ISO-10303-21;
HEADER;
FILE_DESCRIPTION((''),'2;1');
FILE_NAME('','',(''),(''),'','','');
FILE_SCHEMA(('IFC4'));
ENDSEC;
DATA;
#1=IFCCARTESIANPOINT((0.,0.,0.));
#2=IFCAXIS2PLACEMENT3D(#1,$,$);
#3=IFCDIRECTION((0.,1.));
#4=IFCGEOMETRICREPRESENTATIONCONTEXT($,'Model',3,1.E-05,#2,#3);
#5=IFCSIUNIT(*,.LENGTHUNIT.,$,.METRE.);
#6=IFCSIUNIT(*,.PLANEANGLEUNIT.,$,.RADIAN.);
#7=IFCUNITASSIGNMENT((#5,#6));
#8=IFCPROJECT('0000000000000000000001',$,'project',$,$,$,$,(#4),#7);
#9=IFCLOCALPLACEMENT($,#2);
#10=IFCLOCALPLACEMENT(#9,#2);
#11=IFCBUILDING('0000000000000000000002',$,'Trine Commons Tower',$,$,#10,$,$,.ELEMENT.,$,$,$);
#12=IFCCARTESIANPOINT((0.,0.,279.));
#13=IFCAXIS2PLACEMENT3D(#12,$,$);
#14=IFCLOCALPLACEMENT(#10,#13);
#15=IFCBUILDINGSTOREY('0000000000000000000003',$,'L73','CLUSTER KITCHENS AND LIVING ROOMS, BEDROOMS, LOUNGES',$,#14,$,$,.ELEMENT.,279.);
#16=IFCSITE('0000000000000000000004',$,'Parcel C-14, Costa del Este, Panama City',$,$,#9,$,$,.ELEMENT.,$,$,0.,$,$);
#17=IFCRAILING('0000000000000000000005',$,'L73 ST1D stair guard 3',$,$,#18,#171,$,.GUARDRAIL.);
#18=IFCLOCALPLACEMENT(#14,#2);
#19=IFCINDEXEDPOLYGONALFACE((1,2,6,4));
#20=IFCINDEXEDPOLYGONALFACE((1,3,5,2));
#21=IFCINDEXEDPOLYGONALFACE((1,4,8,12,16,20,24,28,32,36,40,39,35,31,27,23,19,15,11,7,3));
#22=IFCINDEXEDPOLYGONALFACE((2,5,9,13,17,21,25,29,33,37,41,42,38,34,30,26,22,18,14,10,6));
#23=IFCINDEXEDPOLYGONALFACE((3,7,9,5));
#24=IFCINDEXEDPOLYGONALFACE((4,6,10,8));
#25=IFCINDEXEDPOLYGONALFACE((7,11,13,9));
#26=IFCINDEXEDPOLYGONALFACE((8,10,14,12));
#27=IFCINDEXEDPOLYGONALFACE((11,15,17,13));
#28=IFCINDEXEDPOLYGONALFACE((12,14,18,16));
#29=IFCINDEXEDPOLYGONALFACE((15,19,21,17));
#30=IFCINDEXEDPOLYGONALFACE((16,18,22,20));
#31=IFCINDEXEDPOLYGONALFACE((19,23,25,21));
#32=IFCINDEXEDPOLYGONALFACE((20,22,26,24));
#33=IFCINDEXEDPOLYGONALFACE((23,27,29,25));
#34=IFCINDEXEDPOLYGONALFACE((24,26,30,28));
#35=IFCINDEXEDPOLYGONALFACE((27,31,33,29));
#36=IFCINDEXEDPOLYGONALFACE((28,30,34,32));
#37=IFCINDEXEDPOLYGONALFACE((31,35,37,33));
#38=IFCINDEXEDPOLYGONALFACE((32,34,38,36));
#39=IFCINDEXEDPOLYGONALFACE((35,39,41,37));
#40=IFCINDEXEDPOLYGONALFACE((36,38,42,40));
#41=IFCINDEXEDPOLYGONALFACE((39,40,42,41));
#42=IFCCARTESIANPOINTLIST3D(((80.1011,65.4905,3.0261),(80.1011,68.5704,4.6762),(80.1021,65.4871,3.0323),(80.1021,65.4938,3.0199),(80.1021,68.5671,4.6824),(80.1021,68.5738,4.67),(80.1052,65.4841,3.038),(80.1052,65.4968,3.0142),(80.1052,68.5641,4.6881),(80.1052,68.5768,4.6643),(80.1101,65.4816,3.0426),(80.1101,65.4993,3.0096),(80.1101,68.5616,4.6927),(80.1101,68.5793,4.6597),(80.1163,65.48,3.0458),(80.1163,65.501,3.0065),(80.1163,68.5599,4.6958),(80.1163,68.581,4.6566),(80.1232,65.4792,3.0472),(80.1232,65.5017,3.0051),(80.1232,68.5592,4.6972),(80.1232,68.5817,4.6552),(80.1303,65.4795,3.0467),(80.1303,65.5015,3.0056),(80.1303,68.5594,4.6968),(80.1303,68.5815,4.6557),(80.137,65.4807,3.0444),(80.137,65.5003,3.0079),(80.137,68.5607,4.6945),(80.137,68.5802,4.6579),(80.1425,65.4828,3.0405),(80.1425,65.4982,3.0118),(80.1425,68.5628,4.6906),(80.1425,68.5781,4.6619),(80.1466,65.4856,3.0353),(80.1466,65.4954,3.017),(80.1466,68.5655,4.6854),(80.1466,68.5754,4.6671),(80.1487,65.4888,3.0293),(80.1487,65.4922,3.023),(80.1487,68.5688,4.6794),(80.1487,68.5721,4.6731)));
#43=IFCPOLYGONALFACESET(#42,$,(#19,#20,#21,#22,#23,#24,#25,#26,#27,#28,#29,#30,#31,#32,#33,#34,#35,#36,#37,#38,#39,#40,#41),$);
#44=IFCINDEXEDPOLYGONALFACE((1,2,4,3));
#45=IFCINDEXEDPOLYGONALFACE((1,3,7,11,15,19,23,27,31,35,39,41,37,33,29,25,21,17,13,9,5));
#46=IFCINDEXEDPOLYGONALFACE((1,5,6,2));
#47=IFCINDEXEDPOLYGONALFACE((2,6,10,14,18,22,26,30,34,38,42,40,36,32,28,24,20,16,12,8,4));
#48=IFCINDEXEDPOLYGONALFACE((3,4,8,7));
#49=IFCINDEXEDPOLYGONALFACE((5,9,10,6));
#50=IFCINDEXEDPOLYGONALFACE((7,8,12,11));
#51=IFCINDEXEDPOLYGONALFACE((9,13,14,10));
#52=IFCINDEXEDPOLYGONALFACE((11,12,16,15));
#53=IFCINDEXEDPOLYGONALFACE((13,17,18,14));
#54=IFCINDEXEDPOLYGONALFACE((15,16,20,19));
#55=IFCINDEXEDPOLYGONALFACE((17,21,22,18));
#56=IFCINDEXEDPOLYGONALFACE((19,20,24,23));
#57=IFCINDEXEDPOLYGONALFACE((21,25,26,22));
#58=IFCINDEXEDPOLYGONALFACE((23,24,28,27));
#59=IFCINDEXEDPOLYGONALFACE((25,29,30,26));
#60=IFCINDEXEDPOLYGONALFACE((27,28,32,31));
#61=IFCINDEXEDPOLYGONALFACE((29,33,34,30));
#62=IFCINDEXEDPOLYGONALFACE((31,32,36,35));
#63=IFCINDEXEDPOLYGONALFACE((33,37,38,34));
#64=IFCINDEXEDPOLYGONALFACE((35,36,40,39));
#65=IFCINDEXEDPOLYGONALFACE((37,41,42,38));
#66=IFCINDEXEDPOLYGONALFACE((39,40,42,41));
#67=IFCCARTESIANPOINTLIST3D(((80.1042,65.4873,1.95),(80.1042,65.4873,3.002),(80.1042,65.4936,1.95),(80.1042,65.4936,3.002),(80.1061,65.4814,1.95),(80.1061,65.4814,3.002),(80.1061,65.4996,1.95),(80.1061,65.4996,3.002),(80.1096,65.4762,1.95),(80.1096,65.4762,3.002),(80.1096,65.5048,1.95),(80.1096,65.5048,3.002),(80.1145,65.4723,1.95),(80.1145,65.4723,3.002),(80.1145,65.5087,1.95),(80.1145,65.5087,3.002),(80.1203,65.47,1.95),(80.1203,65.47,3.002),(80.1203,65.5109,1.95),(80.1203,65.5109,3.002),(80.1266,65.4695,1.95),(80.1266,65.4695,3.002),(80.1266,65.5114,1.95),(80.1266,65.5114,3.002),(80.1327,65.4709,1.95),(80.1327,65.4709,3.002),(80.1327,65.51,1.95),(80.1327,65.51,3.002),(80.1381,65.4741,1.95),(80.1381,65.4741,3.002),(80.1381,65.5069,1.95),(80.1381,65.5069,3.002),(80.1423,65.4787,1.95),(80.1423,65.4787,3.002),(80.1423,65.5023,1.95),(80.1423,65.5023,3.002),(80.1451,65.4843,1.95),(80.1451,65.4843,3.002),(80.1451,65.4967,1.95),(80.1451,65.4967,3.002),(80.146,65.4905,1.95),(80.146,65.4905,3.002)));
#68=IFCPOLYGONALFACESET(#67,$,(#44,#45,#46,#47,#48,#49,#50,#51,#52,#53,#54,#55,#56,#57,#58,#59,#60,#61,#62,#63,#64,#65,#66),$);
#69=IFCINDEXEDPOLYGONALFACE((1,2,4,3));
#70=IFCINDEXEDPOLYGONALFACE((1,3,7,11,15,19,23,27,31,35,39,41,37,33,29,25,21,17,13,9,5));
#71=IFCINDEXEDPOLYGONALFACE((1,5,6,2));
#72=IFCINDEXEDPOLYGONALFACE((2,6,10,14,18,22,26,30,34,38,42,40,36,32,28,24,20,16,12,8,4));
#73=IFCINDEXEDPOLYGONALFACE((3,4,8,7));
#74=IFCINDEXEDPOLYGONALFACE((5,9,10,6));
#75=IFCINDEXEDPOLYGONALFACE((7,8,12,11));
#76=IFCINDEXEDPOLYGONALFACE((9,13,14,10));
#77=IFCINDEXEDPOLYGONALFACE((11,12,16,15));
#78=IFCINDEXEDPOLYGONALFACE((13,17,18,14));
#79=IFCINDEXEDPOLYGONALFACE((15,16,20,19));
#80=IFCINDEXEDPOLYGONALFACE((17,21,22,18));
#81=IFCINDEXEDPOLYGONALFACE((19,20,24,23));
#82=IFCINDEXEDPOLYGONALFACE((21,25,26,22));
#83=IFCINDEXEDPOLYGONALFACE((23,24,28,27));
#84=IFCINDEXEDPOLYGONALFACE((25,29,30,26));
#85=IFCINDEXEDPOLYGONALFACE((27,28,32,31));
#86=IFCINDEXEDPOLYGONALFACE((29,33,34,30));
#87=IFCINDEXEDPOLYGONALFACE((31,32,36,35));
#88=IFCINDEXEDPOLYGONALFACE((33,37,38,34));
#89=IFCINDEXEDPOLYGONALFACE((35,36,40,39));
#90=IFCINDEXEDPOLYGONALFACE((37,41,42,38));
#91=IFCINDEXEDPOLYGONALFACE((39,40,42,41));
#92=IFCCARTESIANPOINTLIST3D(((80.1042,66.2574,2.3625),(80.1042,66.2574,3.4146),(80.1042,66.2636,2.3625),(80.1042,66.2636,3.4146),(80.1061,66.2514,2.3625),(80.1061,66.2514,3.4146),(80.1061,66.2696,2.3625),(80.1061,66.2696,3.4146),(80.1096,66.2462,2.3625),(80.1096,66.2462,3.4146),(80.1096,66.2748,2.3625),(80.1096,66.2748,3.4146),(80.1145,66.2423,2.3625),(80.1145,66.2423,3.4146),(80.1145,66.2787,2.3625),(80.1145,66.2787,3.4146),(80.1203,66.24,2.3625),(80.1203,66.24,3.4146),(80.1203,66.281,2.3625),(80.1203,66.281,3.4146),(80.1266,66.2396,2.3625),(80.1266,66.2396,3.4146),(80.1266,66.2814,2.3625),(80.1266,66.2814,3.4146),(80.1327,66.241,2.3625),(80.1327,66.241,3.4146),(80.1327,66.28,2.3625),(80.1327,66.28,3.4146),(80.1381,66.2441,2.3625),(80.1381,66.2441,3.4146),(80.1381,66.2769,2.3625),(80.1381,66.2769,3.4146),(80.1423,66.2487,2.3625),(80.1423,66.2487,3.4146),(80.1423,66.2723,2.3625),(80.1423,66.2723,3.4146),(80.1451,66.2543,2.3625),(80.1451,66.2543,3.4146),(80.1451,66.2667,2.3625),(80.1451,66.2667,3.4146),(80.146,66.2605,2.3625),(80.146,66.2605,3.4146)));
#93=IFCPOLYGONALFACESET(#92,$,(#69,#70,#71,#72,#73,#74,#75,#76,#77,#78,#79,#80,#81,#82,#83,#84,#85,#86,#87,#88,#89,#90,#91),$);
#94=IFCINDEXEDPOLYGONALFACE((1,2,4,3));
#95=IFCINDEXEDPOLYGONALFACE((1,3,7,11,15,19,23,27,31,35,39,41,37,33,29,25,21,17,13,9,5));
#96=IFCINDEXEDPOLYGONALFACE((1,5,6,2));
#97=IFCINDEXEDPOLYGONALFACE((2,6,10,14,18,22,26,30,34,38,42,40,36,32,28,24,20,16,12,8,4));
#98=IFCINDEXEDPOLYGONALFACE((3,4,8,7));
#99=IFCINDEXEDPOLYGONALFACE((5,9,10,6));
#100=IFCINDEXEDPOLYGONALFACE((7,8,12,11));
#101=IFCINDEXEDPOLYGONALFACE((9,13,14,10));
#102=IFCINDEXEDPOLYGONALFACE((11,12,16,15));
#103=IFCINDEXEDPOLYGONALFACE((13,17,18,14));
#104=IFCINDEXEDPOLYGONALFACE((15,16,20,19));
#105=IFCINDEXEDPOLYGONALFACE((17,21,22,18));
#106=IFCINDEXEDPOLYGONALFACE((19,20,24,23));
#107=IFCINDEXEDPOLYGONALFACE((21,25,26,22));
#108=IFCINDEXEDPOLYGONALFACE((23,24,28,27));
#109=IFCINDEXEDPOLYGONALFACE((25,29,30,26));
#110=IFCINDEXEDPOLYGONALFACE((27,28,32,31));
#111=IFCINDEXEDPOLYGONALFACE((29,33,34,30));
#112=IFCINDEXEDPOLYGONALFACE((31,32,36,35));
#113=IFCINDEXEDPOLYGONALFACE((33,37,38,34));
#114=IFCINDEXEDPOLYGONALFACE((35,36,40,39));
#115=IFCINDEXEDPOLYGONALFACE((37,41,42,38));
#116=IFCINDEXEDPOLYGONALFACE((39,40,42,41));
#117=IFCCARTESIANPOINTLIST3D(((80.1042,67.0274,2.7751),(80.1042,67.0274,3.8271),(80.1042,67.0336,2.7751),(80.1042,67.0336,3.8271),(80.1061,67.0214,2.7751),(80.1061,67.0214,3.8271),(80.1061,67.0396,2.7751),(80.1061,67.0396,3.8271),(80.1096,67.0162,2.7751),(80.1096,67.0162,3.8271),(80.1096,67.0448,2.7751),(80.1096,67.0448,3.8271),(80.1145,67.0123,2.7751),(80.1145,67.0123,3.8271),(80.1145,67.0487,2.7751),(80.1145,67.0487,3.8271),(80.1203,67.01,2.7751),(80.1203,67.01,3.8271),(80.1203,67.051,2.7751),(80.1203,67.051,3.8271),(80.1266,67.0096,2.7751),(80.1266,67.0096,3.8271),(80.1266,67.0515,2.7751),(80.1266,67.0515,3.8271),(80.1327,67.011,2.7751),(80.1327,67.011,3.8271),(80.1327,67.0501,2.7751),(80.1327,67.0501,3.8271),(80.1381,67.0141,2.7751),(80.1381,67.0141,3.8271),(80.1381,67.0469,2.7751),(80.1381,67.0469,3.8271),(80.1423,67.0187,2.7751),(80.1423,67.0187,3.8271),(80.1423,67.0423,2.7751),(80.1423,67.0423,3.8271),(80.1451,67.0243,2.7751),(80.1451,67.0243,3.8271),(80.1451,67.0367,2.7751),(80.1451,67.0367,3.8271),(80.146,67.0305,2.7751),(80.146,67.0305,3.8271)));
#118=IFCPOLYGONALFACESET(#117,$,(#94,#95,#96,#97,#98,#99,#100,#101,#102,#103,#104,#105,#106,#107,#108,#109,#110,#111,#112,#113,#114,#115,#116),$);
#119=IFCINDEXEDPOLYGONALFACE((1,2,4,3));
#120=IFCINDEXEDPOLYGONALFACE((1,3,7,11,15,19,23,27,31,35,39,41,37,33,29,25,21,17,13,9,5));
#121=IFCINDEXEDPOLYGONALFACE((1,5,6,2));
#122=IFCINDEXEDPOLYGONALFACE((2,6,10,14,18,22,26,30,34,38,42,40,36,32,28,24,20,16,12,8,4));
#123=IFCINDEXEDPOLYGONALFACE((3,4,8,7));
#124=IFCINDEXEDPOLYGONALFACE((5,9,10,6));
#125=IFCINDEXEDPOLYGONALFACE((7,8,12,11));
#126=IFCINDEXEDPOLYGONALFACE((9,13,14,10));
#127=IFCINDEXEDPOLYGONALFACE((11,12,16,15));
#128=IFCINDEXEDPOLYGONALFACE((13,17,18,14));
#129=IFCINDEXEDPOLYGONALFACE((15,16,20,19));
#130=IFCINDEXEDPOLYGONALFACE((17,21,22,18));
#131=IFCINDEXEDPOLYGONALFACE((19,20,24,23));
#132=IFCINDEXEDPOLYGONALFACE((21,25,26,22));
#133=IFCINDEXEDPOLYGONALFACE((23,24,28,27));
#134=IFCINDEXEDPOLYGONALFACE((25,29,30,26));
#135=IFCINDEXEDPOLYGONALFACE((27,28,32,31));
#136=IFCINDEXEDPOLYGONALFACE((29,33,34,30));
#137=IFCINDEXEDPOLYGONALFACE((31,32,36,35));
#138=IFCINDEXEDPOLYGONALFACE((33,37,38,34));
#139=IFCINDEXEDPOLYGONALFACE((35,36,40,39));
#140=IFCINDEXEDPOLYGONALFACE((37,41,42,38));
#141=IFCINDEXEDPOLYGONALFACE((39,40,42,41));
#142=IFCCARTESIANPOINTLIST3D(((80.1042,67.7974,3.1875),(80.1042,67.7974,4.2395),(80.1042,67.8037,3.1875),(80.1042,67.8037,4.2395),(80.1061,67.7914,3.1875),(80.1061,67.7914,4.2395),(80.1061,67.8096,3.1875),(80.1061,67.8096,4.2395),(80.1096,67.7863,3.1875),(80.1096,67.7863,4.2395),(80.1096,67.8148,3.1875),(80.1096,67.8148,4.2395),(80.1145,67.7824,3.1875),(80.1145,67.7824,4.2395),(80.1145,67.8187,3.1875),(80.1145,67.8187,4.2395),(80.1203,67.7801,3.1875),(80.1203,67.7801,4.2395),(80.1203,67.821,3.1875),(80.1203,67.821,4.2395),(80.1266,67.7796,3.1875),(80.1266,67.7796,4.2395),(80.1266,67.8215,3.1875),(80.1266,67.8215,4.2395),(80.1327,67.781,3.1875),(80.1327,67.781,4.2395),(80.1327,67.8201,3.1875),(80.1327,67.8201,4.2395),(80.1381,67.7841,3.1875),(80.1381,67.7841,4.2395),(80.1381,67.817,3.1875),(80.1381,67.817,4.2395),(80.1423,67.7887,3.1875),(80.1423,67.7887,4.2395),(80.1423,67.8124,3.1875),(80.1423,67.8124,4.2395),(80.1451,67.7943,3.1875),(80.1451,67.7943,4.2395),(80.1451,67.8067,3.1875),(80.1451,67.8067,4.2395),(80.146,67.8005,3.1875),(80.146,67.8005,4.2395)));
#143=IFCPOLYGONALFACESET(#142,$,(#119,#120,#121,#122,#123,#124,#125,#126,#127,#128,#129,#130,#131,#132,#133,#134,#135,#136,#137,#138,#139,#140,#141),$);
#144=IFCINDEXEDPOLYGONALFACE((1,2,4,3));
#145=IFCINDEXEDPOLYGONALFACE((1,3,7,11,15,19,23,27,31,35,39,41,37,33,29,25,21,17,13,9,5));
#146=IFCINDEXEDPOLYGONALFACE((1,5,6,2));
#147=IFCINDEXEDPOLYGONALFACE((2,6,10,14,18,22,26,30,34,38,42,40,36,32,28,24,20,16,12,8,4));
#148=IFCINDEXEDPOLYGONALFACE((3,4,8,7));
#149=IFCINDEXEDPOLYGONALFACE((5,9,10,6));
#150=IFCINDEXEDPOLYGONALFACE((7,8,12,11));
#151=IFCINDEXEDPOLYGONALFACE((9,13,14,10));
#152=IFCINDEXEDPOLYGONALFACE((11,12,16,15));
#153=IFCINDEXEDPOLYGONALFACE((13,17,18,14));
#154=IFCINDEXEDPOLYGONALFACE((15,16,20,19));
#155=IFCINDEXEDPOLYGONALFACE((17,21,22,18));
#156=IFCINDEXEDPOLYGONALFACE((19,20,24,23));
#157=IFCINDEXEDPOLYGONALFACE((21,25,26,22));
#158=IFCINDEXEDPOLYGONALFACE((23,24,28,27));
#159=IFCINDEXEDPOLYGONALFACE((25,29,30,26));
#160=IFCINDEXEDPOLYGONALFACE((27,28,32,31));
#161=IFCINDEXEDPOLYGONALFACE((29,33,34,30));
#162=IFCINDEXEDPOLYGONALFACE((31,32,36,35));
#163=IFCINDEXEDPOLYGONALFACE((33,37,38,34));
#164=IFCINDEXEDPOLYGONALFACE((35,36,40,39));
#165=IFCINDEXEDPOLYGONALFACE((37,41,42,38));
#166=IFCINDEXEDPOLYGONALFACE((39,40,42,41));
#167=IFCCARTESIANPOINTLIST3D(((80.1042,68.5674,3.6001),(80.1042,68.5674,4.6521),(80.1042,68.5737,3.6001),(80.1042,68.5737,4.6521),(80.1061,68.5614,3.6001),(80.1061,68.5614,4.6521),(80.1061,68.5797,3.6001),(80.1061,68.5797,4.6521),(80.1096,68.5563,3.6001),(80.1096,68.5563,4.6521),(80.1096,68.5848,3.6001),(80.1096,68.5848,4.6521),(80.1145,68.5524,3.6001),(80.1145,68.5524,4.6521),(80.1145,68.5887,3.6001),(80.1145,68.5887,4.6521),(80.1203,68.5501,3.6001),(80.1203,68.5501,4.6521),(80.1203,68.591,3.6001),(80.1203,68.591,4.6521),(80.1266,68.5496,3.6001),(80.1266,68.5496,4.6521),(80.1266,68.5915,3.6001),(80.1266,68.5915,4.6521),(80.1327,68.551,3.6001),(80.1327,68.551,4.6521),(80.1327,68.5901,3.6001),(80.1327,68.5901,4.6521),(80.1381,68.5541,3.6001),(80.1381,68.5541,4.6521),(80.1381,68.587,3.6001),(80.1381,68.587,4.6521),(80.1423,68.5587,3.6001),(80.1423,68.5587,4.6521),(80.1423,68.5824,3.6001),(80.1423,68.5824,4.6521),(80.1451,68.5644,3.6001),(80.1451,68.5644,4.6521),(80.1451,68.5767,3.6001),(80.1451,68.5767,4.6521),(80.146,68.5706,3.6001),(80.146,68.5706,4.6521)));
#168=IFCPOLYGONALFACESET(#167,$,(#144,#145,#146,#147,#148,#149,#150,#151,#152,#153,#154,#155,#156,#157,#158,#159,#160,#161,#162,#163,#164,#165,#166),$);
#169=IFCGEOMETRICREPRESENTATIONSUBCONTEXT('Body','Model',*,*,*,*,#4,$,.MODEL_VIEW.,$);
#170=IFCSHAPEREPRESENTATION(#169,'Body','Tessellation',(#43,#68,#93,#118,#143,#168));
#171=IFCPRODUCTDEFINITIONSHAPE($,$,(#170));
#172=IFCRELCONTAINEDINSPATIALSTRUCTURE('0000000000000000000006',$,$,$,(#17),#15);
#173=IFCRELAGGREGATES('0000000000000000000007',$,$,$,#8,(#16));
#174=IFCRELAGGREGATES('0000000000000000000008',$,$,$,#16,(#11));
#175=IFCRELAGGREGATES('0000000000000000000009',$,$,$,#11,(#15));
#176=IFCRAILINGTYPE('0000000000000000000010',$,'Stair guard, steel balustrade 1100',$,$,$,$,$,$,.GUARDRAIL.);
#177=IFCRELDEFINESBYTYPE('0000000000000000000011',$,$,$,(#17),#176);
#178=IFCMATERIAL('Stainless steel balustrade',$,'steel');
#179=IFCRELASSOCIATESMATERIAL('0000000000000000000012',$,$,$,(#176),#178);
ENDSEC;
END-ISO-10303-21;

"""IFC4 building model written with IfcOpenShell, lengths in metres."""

from ifc_helpers import new_model, si_unit, direction, frame, origin, origin_2d, place, context, subcontext, project, spatial, circle, extrude, material, type_object, element, save


model = new_model("IFC4")

# Units and contexts
model_context = context("Model", 3, precision=1e-05, world=origin(), true_north=direction((0.0, 1.0)))
body_context = subcontext(model_context, "Body", "Model", "MODEL_VIEW")
ifc_project = project(units=[si_unit("LENGTHUNIT", "METRE"), si_unit("PLANEANGLEUNIT", "RADIAN")], contexts=[model_context])

# Site, building, storey
site_placement = place(None, origin())
site = spatial("IfcSite", under=ifc_project, at=site_placement, Name="Parcel C-14, Costa del Este, Panama City", CompositionType="ELEMENT", RefElevation=0.0)
building_placement = place(site_placement, origin())
building = spatial("IfcBuilding", under=site, at=building_placement, Name="Trine Commons Tower", CompositionType="ELEMENT")
storey_placement = place(building_placement, frame((0.0, 0.0, 279.0)))
storey = spatial("IfcBuildingStorey", under=building, at=storey_placement, Name="L73", Description="CLUSTER KITCHENS AND LIVING ROOMS, BEDROOMS, LOUNGES", CompositionType="ELEMENT", Elevation=279.0)

# Railing
ifc_material_1 = material(Name="Stainless steel balustrade", Category="steel")
railing_type_1 = type_object("IfcRailingType", Name="Stair guard, steel balustrade 1100", PredefinedType="GUARDRAIL", material=ifc_material_1)
railing_1_placement = place(storey_placement, frame((80.125, 65.4905, 1.95)))
element("IfcRailing", 1, at=railing_1_placement, inside=storey, type_object=railing_type_1, Name="L73 ST1D stair guard 3", PredefinedType="GUARDRAIL", context=body_context, shape_type="SweptSolid", body=[
    extrude(circle(Radius=0.0239, at=origin_2d()), frame((0.0, 0.0, 1.0762), z_axis=(0.0, 0.881468, 0.472245), x_axis=(-1.0, 0.0, 0.0)), (0.0, 0.0, 1.0), 3.4941),
    extrude(circle(Radius=0.021, at=origin_2d()), origin(), (0.0, 0.0, 1.0), 1.052),
    extrude(circle(Radius=0.021, at=origin_2d()), frame((0.0, 0.77, 0.4126)), (0.0, 0.0, 1.0), 1.052),
    extrude(circle(Radius=0.021, at=origin_2d()), frame((0.0, 1.54, 0.8252)), (0.0, 0.0, 1.0), 1.052),
    extrude(circle(Radius=0.021, at=origin_2d()), frame((0.0, 2.3101, 1.2375)), (0.0, 0.0, 1.0), 1.052),
    extrude(circle(Radius=0.021, at=origin_2d()), frame((0.0, 3.0801, 1.6501)), (0.0, 0.0, 1.0), 1.052),
])

save(model, "model.ifc")
